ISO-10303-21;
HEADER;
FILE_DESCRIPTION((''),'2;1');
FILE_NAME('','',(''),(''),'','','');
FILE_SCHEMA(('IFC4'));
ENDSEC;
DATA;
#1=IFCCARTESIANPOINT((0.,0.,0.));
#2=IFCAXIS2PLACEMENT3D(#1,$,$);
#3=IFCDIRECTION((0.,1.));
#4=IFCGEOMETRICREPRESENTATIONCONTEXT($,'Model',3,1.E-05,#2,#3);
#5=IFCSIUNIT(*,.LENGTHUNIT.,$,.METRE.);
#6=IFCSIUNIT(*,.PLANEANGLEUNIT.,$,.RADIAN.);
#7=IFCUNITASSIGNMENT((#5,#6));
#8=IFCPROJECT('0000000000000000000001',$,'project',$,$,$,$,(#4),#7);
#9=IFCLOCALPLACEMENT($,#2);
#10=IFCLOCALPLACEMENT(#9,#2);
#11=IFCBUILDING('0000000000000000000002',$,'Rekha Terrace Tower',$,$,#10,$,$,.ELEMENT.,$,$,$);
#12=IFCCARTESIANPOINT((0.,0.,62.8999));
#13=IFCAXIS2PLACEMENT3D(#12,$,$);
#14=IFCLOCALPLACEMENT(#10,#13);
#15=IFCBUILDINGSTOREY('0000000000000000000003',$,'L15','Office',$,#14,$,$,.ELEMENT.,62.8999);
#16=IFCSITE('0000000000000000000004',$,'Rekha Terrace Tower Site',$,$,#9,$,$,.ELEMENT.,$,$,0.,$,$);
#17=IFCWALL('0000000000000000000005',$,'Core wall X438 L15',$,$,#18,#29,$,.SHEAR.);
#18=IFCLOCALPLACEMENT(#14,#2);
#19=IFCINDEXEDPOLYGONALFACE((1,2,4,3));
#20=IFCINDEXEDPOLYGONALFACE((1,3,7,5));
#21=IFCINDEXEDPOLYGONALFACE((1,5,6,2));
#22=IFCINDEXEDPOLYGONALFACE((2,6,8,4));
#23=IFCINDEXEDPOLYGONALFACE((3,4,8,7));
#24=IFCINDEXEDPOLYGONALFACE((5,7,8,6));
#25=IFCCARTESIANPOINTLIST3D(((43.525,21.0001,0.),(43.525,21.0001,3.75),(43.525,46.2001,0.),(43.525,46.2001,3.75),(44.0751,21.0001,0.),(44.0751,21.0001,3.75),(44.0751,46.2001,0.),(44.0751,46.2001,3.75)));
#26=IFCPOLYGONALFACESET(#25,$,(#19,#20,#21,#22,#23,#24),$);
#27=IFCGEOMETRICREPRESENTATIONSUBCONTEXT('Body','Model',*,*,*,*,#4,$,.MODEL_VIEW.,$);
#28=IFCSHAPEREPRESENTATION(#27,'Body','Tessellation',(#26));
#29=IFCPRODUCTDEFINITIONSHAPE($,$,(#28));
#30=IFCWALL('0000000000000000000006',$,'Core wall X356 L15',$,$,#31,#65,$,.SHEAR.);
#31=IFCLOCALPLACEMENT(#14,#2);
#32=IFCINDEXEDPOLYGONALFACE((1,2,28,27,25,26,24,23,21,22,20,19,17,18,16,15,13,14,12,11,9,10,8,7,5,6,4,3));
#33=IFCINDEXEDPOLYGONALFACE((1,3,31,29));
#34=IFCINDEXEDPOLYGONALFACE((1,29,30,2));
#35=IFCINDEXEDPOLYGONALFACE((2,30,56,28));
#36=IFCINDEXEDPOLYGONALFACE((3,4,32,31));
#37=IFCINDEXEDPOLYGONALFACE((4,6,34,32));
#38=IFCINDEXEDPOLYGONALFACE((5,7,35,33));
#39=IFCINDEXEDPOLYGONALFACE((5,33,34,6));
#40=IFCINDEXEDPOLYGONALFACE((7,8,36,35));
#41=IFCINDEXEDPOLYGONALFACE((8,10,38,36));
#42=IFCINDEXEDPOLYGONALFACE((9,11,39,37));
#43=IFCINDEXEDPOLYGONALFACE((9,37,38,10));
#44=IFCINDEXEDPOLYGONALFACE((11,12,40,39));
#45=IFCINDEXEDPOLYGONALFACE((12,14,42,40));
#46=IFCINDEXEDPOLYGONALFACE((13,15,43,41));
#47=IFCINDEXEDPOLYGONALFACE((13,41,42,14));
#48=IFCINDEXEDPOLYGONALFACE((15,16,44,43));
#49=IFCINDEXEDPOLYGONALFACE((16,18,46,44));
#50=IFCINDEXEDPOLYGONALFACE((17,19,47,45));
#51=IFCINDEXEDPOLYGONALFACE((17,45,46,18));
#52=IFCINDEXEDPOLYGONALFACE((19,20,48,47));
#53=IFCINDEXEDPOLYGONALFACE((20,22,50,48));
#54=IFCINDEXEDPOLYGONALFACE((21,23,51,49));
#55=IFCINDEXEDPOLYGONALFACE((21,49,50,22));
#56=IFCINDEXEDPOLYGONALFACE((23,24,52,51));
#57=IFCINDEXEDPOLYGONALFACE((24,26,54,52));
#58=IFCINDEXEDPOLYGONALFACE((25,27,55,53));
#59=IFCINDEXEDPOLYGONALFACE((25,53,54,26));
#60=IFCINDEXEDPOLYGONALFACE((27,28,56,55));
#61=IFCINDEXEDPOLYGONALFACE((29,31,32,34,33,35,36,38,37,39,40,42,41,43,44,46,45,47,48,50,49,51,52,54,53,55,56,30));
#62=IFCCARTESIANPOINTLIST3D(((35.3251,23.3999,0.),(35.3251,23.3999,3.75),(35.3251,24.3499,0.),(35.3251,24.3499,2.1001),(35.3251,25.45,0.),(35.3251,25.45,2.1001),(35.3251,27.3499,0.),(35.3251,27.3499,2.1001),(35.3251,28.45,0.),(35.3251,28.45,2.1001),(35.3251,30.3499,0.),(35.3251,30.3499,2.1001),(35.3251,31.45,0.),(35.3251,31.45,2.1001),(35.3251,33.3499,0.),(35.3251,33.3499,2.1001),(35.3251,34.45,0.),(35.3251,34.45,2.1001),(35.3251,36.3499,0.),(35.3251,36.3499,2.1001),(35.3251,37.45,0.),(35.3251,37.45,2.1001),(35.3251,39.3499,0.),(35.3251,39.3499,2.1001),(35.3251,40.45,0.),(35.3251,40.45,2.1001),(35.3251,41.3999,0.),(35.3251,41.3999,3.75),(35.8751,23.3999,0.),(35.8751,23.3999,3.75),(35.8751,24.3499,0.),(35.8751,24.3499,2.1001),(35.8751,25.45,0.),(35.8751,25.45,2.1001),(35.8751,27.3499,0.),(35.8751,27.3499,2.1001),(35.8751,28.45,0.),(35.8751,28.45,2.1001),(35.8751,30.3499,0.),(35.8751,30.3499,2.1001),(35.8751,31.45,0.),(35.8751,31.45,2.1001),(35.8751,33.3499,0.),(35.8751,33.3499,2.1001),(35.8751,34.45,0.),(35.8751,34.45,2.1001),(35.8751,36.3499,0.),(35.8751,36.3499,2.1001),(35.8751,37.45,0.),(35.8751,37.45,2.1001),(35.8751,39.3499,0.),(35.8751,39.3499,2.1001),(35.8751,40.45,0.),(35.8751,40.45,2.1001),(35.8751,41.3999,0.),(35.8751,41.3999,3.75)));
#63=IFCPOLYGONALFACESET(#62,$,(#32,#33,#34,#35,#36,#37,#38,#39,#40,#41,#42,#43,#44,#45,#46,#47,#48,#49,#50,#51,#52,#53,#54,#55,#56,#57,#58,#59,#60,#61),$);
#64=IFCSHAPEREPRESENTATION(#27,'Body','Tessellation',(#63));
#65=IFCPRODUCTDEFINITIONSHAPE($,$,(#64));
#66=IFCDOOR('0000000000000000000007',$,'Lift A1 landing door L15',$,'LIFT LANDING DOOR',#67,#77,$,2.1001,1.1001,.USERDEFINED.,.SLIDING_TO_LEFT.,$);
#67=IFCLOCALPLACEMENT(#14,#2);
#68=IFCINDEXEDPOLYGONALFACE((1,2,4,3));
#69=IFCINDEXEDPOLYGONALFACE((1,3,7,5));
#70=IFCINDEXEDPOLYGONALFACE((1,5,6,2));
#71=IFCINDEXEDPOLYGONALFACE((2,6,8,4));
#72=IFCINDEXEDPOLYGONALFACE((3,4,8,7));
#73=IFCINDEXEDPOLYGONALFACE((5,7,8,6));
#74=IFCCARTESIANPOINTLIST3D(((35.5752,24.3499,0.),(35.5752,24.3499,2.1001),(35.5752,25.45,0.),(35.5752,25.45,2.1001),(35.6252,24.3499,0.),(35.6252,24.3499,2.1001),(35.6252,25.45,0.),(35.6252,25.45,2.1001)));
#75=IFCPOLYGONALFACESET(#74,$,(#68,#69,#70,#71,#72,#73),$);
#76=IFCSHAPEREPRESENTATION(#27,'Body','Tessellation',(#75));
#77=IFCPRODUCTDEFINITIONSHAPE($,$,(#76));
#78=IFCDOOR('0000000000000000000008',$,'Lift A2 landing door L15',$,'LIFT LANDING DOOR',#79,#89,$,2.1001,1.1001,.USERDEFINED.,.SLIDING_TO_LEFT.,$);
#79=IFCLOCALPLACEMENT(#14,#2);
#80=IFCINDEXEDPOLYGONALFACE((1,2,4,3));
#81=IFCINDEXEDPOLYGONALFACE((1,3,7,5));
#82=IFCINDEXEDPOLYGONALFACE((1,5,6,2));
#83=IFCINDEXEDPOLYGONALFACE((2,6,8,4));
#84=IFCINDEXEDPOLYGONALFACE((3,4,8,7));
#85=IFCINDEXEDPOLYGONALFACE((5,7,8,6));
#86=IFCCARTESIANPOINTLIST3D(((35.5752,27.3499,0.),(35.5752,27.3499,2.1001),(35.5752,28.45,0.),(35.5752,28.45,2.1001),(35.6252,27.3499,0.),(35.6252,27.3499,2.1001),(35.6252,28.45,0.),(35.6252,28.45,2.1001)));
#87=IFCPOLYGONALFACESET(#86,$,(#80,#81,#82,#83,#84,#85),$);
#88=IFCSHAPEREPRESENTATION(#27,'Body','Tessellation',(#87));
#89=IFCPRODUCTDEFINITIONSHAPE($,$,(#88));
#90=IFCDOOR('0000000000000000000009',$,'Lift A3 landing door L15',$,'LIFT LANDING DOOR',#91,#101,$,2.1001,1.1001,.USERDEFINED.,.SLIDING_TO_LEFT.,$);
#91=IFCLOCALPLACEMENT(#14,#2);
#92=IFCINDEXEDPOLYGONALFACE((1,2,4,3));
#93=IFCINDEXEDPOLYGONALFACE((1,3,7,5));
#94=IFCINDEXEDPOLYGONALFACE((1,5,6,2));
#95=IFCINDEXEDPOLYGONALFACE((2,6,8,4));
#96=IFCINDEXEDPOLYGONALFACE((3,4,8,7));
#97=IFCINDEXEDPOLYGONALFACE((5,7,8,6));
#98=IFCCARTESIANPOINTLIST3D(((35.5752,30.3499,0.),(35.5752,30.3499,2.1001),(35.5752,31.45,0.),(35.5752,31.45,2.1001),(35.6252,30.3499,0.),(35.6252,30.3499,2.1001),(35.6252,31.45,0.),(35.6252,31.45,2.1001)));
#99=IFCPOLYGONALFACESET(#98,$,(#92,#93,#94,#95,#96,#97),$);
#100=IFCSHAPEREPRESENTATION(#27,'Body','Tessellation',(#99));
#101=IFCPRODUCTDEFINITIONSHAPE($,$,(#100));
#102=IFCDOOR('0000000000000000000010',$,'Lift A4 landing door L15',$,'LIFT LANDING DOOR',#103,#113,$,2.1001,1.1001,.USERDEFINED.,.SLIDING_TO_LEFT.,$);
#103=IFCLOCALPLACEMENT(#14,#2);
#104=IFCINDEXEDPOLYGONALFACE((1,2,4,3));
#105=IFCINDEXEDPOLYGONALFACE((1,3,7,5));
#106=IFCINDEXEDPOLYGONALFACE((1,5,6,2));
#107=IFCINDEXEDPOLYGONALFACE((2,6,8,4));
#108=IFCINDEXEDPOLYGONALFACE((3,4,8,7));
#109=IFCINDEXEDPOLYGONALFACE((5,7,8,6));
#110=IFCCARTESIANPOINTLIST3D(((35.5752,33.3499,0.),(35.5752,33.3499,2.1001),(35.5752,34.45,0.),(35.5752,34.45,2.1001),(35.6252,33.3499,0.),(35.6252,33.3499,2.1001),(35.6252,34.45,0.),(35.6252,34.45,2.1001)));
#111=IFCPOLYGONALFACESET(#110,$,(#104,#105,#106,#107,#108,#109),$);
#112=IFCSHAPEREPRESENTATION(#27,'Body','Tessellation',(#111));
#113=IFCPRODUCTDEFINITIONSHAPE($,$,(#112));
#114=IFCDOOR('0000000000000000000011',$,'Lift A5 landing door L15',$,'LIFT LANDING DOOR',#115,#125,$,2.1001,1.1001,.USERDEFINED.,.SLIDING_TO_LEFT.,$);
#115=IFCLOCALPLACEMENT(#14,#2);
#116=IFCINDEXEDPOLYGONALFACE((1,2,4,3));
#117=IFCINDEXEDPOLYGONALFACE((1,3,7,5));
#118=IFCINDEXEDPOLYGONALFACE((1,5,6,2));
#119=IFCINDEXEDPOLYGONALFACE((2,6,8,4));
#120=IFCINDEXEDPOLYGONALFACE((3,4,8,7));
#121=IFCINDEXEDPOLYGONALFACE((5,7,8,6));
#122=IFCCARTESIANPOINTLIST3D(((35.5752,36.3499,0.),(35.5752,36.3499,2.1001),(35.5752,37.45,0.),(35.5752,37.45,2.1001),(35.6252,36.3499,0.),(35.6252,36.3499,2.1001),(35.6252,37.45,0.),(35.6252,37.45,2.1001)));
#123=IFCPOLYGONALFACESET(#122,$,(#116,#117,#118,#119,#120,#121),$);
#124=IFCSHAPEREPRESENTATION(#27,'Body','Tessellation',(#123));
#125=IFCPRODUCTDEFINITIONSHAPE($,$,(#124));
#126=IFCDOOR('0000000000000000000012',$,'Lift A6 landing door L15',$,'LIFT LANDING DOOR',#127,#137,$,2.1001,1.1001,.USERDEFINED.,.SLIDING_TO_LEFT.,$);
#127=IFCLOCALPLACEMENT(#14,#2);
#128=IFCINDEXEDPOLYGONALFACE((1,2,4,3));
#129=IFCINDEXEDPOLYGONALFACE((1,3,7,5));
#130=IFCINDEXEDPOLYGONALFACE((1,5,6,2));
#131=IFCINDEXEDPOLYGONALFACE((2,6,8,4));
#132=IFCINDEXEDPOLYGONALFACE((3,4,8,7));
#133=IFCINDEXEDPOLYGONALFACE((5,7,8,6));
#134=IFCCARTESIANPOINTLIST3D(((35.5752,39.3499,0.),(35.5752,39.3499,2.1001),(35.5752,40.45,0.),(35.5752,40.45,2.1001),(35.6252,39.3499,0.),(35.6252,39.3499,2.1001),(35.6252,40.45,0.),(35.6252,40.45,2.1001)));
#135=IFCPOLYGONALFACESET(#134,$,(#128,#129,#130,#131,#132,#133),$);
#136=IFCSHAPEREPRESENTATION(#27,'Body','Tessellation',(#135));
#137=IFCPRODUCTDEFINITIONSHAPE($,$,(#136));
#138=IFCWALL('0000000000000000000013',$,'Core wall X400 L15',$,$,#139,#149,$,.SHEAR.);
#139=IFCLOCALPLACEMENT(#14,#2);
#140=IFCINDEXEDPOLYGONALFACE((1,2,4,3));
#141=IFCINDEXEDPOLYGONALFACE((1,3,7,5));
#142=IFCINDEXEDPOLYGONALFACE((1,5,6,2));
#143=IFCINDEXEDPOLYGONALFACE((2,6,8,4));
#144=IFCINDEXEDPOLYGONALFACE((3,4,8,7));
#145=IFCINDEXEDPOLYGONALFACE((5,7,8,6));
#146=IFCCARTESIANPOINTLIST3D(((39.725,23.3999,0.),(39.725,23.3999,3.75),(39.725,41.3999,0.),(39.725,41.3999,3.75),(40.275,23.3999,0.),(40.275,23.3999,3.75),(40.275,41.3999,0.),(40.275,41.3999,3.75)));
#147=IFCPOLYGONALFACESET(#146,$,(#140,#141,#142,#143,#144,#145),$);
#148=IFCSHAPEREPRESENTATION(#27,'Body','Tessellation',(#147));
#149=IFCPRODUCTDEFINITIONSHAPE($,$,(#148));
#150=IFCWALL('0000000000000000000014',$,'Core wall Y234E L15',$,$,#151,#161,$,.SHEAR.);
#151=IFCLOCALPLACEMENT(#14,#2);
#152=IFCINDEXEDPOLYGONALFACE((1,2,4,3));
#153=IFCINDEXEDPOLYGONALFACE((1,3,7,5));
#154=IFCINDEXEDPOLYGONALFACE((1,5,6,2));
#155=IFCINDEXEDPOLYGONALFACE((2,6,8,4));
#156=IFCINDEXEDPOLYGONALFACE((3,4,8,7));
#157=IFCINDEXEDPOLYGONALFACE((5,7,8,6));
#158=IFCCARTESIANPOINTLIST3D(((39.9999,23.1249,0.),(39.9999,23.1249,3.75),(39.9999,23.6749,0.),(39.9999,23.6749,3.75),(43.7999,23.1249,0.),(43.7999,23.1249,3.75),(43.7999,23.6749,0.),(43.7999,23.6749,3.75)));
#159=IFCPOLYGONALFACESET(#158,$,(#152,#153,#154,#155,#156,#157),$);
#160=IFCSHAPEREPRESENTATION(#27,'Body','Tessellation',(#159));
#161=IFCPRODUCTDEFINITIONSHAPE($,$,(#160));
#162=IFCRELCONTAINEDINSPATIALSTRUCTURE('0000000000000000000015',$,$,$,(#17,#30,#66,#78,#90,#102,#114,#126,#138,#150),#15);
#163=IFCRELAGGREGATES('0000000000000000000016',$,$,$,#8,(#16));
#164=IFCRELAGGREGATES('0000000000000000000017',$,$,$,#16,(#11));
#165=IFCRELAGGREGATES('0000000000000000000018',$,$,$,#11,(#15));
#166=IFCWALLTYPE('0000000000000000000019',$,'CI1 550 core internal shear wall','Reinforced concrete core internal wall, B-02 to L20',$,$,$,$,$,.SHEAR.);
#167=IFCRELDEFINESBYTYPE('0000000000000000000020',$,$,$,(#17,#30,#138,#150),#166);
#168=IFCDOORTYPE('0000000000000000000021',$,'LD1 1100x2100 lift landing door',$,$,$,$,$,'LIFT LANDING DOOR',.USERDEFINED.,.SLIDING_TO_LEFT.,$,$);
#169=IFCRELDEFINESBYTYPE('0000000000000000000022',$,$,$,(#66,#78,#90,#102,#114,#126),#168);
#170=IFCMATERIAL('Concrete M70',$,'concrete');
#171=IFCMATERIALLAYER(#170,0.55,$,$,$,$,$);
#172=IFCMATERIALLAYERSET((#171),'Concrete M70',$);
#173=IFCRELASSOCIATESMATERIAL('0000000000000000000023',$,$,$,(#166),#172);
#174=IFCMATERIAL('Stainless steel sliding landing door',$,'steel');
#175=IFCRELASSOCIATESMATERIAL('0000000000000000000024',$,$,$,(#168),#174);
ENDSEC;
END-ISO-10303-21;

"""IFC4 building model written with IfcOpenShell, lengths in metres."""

from ifc_helpers import new_model, si_unit, direction, frame, frame_2d, origin, place, context, subcontext, project, spatial, rectangle, extrude, material, layer, layer_set, type_object, element, fill, save


model = new_model("IFC4")

# Units and contexts
model_context = context("Model", 3, precision=1e-05, world=origin(), true_north=direction((0.0, 1.0)))
body_context = subcontext(model_context, "Body", "Model", "MODEL_VIEW")
ifc_project = project(units=[si_unit("LENGTHUNIT", "METRE"), si_unit("PLANEANGLEUNIT", "RADIAN")], contexts=[model_context])

# Site, building, storey
site_placement = place(None, origin())
site = spatial("IfcSite", under=ifc_project, at=site_placement, Name="Rekha Terrace Tower Site", CompositionType="ELEMENT", RefElevation=0.0)
building_placement = place(site_placement, origin())
building = spatial("IfcBuilding", under=site, at=building_placement, Name="Rekha Terrace Tower", CompositionType="ELEMENT")
storey_placement = place(building_placement, frame((0.0, 0.0, 62.8999)))
storey = spatial("IfcBuildingStorey", under=building, at=storey_placement, Name="L15", Description="Office", CompositionType="ELEMENT", Elevation=62.8999)

# Wall
ifc_material_1 = material(Name="Concrete M70", Category="concrete")
ifc_layer_1 = layer(ifc_material_1, 0.55)
ifc_layer_set_1 = layer_set([ifc_layer_1], Name="Concrete M70")
wall_type_1 = type_object("IfcWallType", Name="CI1 550 core internal shear wall", Description="Reinforced concrete core internal wall, B-02 to L20", PredefinedType="SHEAR", material=ifc_layer_set_1)
wall_1_placement = place(storey_placement, frame((43.8, 21.0, 0.0), z_axis=(0.0, 0.0, 1.0), x_axis=(0.0, 1.0, 0.0)))
element("IfcWall", 1, at=wall_1_placement, inside=storey, type_object=wall_type_1, Name="Core wall X438 L15", PredefinedType="SHEAR", context=body_context, shape_type="SweptSolid", body=[
    extrude(rectangle(XDim=25.2, YDim=0.55, at=frame_2d((12.6001, 0.0))), origin(), (0.0, 0.0, 1.0), 3.75),
])

# Wall, openings, doors
wall_2_placement = place(storey_placement, frame((35.6001, 23.3999, 0.0), z_axis=(0.0, 0.0, 1.0), x_axis=(0.0, 1.0, 0.0)))
wall_2 = element("IfcWall", 2, at=wall_2_placement, inside=storey, type_object=wall_type_1, Name="Core wall X356 L15", PredefinedType="SHEAR", context=body_context, shape_type="SweptSolid", body=[
    extrude(rectangle(XDim=18.0, YDim=0.55, at=frame_2d((9.0, 0.0))), origin(), (0.0, 0.0, 1.0), 3.75),
])
opening_1_placement = place(wall_2_placement, frame((0.95, 0.0, 0.0)))
opening_1 = element("IfcOpeningElement", 3, at=opening_1_placement, cuts=wall_2, PredefinedType="OPENING", context=body_context, shape_type="SweptSolid", body=[
    extrude(rectangle(XDim=1.1001, YDim=2.1001, at=frame_2d((0.55, 1.05))), frame((0.0, 0.2849, 0.0), z_axis=(0.0, -1.0, 0.0), x_axis=(1.0, 0.0, 0.0)), (0.0, 0.0, 1.0), 0.5701),
])
opening_2_placement = place(wall_2_placement, frame((3.95, 0.0, 0.0)))
opening_2 = element("IfcOpeningElement", 4, at=opening_2_placement, cuts=wall_2, PredefinedType="OPENING", context=body_context, shape_type="SweptSolid", body=[
    extrude(rectangle(XDim=1.1001, YDim=2.1001, at=frame_2d((0.55, 1.05))), frame((0.0, 0.2849, 0.0), z_axis=(0.0, -1.0, 0.0), x_axis=(1.0, 0.0, 0.0)), (0.0, 0.0, 1.0), 0.5701),
])
opening_3_placement = place(wall_2_placement, frame((6.95, 0.0, 0.0)))
opening_3 = element("IfcOpeningElement", 5, at=opening_3_placement, cuts=wall_2, PredefinedType="OPENING", context=body_context, shape_type="SweptSolid", body=[
    extrude(rectangle(XDim=1.1001, YDim=2.1001, at=frame_2d((0.55, 1.05))), frame((0.0, 0.2849, 0.0), z_axis=(0.0, -1.0, 0.0), x_axis=(1.0, 0.0, 0.0)), (0.0, 0.0, 1.0), 0.5701),
])
opening_4_placement = place(wall_2_placement, frame((9.95, 0.0, 0.0)))
opening_4 = element("IfcOpeningElement", 6, at=opening_4_placement, cuts=wall_2, PredefinedType="OPENING", context=body_context, shape_type="SweptSolid", body=[
    extrude(rectangle(XDim=1.1001, YDim=2.1001, at=frame_2d((0.55, 1.05))), frame((0.0, 0.2849, 0.0), z_axis=(0.0, -1.0, 0.0), x_axis=(1.0, 0.0, 0.0)), (0.0, 0.0, 1.0), 0.5701),
])
opening_5_placement = place(wall_2_placement, frame((12.95, 0.0, 0.0)))
opening_5 = element("IfcOpeningElement", 7, at=opening_5_placement, cuts=wall_2, PredefinedType="OPENING", context=body_context, shape_type="SweptSolid", body=[
    extrude(rectangle(XDim=1.1001, YDim=2.1001, at=frame_2d((0.55, 1.05))), frame((0.0, 0.2849, 0.0), z_axis=(0.0, -1.0, 0.0), x_axis=(1.0, 0.0, 0.0)), (0.0, 0.0, 1.0), 0.5701),
])
opening_6_placement = place(wall_2_placement, frame((15.95, 0.0, 0.0)))
opening_6 = element("IfcOpeningElement", 8, at=opening_6_placement, cuts=wall_2, PredefinedType="OPENING", context=body_context, shape_type="SweptSolid", body=[
    extrude(rectangle(XDim=1.1001, YDim=2.1001, at=frame_2d((0.55, 1.05))), frame((0.0, 0.2849, 0.0), z_axis=(0.0, -1.0, 0.0), x_axis=(1.0, 0.0, 0.0)), (0.0, 0.0, 1.0), 0.5701),
])
ifc_material_2 = material(Name="Stainless steel sliding landing door", Category="steel")
door_type_1 = type_object("IfcDoorType", Name="LD1 1100x2100 lift landing door", ElementType="LIFT LANDING DOOR", OperationType="SLIDING_TO_LEFT", PredefinedType="USERDEFINED", material=ifc_material_2)
door_1_placement = place(opening_1_placement, origin())
door_1 = element("IfcDoor", 9, at=door_1_placement, inside=storey, type_object=door_type_1, Name="Lift A1 landing door L15", ObjectType="LIFT LANDING DOOR", OperationType="SLIDING_TO_LEFT", OverallHeight=2.1001, OverallWidth=1.1001, PredefinedType="USERDEFINED", context=body_context, shape_type="SweptSolid", body=[
    extrude(rectangle(XDim=1.1001, YDim=2.1001, at=frame_2d((0.55, 1.05))), frame((0.0, 0.0249, 0.0), z_axis=(0.0, -1.0, 0.0), x_axis=(1.0, 0.0, 0.0)), (0.0, 0.0, 1.0), 0.05),
])
fill(opening_1, door_1)
door_2_placement = place(opening_2_placement, origin())
door_2 = element("IfcDoor", 10, at=door_2_placement, inside=storey, type_object=door_type_1, Name="Lift A2 landing door L15", ObjectType="LIFT LANDING DOOR", OperationType="SLIDING_TO_LEFT", OverallHeight=2.1001, OverallWidth=1.1001, PredefinedType="USERDEFINED", context=body_context, shape_type="SweptSolid", body=[
    extrude(rectangle(XDim=1.1001, YDim=2.1001, at=frame_2d((0.55, 1.05))), frame((0.0, 0.0249, 0.0), z_axis=(0.0, -1.0, 0.0), x_axis=(1.0, 0.0, 0.0)), (0.0, 0.0, 1.0), 0.05),
])
fill(opening_2, door_2)
door_3_placement = place(opening_3_placement, origin())
door_3 = element("IfcDoor", 11, at=door_3_placement, inside=storey, type_object=door_type_1, Name="Lift A3 landing door L15", ObjectType="LIFT LANDING DOOR", OperationType="SLIDING_TO_LEFT", OverallHeight=2.1001, OverallWidth=1.1001, PredefinedType="USERDEFINED", context=body_context, shape_type="SweptSolid", body=[
    extrude(rectangle(XDim=1.1001, YDim=2.1001, at=frame_2d((0.55, 1.05))), frame((0.0, 0.0249, 0.0), z_axis=(0.0, -1.0, 0.0), x_axis=(1.0, 0.0, 0.0)), (0.0, 0.0, 1.0), 0.05),
])
fill(opening_3, door_3)
door_4_placement = place(opening_4_placement, origin())
door_4 = element("IfcDoor", 12, at=door_4_placement, inside=storey, type_object=door_type_1, Name="Lift A4 landing door L15", ObjectType="LIFT LANDING DOOR", OperationType="SLIDING_TO_LEFT", OverallHeight=2.1001, OverallWidth=1.1001, PredefinedType="USERDEFINED", context=body_context, shape_type="SweptSolid", body=[
    extrude(rectangle(XDim=1.1001, YDim=2.1001, at=frame_2d((0.55, 1.05))), frame((0.0, 0.0249, 0.0), z_axis=(0.0, -1.0, 0.0), x_axis=(1.0, 0.0, 0.0)), (0.0, 0.0, 1.0), 0.05),
])
fill(opening_4, door_4)
door_5_placement = place(opening_5_placement, origin())
door_5 = element("IfcDoor", 13, at=door_5_placement, inside=storey, type_object=door_type_1, Name="Lift A5 landing door L15", ObjectType="LIFT LANDING DOOR", OperationType="SLIDING_TO_LEFT", OverallHeight=2.1001, OverallWidth=1.1001, PredefinedType="USERDEFINED", context=body_context, shape_type="SweptSolid", body=[
    extrude(rectangle(XDim=1.1001, YDim=2.1001, at=frame_2d((0.55, 1.05))), frame((0.0, 0.0249, 0.0), z_axis=(0.0, -1.0, 0.0), x_axis=(1.0, 0.0, 0.0)), (0.0, 0.0, 1.0), 0.05),
])
fill(opening_5, door_5)
door_6_placement = place(opening_6_placement, origin())
door_6 = element("IfcDoor", 14, at=door_6_placement, inside=storey, type_object=door_type_1, Name="Lift A6 landing door L15", ObjectType="LIFT LANDING DOOR", OperationType="SLIDING_TO_LEFT", OverallHeight=2.1001, OverallWidth=1.1001, PredefinedType="USERDEFINED", context=body_context, shape_type="SweptSolid", body=[
    extrude(rectangle(XDim=1.1001, YDim=2.1001, at=frame_2d((0.55, 1.05))), frame((0.0, 0.0249, 0.0), z_axis=(0.0, -1.0, 0.0), x_axis=(1.0, 0.0, 0.0)), (0.0, 0.0, 1.0), 0.05),
])
fill(opening_6, door_6)

# Walls
wall_3_placement = place(storey_placement, frame((40.0, 23.3999, 0.0), z_axis=(0.0, 0.0, 1.0), x_axis=(0.0, 1.0, 0.0)))
element("IfcWall", 15, at=wall_3_placement, inside=storey, type_object=wall_type_1, Name="Core wall X400 L15", PredefinedType="SHEAR", context=body_context, shape_type="SweptSolid", body=[
    extrude(rectangle(XDim=18.0, YDim=0.55, at=frame_2d((9.0, 0.0))), origin(), (0.0, 0.0, 1.0), 3.75),
])
wall_4_placement = place(storey_placement, frame((40.0, 23.3999, 0.0), z_axis=(0.0, 0.0, 1.0), x_axis=(1.0, 0.0, 0.0)))
element("IfcWall", 16, at=wall_4_placement, inside=storey, type_object=wall_type_1, Name="Core wall Y234E L15", PredefinedType="SHEAR", context=body_context, shape_type="SweptSolid", body=[
    extrude(rectangle(XDim=3.8, YDim=0.55, at=frame_2d((1.8999, 0.0))), origin(), (0.0, 0.0, 1.0), 3.75),
])

save(model, "model.ifc")
